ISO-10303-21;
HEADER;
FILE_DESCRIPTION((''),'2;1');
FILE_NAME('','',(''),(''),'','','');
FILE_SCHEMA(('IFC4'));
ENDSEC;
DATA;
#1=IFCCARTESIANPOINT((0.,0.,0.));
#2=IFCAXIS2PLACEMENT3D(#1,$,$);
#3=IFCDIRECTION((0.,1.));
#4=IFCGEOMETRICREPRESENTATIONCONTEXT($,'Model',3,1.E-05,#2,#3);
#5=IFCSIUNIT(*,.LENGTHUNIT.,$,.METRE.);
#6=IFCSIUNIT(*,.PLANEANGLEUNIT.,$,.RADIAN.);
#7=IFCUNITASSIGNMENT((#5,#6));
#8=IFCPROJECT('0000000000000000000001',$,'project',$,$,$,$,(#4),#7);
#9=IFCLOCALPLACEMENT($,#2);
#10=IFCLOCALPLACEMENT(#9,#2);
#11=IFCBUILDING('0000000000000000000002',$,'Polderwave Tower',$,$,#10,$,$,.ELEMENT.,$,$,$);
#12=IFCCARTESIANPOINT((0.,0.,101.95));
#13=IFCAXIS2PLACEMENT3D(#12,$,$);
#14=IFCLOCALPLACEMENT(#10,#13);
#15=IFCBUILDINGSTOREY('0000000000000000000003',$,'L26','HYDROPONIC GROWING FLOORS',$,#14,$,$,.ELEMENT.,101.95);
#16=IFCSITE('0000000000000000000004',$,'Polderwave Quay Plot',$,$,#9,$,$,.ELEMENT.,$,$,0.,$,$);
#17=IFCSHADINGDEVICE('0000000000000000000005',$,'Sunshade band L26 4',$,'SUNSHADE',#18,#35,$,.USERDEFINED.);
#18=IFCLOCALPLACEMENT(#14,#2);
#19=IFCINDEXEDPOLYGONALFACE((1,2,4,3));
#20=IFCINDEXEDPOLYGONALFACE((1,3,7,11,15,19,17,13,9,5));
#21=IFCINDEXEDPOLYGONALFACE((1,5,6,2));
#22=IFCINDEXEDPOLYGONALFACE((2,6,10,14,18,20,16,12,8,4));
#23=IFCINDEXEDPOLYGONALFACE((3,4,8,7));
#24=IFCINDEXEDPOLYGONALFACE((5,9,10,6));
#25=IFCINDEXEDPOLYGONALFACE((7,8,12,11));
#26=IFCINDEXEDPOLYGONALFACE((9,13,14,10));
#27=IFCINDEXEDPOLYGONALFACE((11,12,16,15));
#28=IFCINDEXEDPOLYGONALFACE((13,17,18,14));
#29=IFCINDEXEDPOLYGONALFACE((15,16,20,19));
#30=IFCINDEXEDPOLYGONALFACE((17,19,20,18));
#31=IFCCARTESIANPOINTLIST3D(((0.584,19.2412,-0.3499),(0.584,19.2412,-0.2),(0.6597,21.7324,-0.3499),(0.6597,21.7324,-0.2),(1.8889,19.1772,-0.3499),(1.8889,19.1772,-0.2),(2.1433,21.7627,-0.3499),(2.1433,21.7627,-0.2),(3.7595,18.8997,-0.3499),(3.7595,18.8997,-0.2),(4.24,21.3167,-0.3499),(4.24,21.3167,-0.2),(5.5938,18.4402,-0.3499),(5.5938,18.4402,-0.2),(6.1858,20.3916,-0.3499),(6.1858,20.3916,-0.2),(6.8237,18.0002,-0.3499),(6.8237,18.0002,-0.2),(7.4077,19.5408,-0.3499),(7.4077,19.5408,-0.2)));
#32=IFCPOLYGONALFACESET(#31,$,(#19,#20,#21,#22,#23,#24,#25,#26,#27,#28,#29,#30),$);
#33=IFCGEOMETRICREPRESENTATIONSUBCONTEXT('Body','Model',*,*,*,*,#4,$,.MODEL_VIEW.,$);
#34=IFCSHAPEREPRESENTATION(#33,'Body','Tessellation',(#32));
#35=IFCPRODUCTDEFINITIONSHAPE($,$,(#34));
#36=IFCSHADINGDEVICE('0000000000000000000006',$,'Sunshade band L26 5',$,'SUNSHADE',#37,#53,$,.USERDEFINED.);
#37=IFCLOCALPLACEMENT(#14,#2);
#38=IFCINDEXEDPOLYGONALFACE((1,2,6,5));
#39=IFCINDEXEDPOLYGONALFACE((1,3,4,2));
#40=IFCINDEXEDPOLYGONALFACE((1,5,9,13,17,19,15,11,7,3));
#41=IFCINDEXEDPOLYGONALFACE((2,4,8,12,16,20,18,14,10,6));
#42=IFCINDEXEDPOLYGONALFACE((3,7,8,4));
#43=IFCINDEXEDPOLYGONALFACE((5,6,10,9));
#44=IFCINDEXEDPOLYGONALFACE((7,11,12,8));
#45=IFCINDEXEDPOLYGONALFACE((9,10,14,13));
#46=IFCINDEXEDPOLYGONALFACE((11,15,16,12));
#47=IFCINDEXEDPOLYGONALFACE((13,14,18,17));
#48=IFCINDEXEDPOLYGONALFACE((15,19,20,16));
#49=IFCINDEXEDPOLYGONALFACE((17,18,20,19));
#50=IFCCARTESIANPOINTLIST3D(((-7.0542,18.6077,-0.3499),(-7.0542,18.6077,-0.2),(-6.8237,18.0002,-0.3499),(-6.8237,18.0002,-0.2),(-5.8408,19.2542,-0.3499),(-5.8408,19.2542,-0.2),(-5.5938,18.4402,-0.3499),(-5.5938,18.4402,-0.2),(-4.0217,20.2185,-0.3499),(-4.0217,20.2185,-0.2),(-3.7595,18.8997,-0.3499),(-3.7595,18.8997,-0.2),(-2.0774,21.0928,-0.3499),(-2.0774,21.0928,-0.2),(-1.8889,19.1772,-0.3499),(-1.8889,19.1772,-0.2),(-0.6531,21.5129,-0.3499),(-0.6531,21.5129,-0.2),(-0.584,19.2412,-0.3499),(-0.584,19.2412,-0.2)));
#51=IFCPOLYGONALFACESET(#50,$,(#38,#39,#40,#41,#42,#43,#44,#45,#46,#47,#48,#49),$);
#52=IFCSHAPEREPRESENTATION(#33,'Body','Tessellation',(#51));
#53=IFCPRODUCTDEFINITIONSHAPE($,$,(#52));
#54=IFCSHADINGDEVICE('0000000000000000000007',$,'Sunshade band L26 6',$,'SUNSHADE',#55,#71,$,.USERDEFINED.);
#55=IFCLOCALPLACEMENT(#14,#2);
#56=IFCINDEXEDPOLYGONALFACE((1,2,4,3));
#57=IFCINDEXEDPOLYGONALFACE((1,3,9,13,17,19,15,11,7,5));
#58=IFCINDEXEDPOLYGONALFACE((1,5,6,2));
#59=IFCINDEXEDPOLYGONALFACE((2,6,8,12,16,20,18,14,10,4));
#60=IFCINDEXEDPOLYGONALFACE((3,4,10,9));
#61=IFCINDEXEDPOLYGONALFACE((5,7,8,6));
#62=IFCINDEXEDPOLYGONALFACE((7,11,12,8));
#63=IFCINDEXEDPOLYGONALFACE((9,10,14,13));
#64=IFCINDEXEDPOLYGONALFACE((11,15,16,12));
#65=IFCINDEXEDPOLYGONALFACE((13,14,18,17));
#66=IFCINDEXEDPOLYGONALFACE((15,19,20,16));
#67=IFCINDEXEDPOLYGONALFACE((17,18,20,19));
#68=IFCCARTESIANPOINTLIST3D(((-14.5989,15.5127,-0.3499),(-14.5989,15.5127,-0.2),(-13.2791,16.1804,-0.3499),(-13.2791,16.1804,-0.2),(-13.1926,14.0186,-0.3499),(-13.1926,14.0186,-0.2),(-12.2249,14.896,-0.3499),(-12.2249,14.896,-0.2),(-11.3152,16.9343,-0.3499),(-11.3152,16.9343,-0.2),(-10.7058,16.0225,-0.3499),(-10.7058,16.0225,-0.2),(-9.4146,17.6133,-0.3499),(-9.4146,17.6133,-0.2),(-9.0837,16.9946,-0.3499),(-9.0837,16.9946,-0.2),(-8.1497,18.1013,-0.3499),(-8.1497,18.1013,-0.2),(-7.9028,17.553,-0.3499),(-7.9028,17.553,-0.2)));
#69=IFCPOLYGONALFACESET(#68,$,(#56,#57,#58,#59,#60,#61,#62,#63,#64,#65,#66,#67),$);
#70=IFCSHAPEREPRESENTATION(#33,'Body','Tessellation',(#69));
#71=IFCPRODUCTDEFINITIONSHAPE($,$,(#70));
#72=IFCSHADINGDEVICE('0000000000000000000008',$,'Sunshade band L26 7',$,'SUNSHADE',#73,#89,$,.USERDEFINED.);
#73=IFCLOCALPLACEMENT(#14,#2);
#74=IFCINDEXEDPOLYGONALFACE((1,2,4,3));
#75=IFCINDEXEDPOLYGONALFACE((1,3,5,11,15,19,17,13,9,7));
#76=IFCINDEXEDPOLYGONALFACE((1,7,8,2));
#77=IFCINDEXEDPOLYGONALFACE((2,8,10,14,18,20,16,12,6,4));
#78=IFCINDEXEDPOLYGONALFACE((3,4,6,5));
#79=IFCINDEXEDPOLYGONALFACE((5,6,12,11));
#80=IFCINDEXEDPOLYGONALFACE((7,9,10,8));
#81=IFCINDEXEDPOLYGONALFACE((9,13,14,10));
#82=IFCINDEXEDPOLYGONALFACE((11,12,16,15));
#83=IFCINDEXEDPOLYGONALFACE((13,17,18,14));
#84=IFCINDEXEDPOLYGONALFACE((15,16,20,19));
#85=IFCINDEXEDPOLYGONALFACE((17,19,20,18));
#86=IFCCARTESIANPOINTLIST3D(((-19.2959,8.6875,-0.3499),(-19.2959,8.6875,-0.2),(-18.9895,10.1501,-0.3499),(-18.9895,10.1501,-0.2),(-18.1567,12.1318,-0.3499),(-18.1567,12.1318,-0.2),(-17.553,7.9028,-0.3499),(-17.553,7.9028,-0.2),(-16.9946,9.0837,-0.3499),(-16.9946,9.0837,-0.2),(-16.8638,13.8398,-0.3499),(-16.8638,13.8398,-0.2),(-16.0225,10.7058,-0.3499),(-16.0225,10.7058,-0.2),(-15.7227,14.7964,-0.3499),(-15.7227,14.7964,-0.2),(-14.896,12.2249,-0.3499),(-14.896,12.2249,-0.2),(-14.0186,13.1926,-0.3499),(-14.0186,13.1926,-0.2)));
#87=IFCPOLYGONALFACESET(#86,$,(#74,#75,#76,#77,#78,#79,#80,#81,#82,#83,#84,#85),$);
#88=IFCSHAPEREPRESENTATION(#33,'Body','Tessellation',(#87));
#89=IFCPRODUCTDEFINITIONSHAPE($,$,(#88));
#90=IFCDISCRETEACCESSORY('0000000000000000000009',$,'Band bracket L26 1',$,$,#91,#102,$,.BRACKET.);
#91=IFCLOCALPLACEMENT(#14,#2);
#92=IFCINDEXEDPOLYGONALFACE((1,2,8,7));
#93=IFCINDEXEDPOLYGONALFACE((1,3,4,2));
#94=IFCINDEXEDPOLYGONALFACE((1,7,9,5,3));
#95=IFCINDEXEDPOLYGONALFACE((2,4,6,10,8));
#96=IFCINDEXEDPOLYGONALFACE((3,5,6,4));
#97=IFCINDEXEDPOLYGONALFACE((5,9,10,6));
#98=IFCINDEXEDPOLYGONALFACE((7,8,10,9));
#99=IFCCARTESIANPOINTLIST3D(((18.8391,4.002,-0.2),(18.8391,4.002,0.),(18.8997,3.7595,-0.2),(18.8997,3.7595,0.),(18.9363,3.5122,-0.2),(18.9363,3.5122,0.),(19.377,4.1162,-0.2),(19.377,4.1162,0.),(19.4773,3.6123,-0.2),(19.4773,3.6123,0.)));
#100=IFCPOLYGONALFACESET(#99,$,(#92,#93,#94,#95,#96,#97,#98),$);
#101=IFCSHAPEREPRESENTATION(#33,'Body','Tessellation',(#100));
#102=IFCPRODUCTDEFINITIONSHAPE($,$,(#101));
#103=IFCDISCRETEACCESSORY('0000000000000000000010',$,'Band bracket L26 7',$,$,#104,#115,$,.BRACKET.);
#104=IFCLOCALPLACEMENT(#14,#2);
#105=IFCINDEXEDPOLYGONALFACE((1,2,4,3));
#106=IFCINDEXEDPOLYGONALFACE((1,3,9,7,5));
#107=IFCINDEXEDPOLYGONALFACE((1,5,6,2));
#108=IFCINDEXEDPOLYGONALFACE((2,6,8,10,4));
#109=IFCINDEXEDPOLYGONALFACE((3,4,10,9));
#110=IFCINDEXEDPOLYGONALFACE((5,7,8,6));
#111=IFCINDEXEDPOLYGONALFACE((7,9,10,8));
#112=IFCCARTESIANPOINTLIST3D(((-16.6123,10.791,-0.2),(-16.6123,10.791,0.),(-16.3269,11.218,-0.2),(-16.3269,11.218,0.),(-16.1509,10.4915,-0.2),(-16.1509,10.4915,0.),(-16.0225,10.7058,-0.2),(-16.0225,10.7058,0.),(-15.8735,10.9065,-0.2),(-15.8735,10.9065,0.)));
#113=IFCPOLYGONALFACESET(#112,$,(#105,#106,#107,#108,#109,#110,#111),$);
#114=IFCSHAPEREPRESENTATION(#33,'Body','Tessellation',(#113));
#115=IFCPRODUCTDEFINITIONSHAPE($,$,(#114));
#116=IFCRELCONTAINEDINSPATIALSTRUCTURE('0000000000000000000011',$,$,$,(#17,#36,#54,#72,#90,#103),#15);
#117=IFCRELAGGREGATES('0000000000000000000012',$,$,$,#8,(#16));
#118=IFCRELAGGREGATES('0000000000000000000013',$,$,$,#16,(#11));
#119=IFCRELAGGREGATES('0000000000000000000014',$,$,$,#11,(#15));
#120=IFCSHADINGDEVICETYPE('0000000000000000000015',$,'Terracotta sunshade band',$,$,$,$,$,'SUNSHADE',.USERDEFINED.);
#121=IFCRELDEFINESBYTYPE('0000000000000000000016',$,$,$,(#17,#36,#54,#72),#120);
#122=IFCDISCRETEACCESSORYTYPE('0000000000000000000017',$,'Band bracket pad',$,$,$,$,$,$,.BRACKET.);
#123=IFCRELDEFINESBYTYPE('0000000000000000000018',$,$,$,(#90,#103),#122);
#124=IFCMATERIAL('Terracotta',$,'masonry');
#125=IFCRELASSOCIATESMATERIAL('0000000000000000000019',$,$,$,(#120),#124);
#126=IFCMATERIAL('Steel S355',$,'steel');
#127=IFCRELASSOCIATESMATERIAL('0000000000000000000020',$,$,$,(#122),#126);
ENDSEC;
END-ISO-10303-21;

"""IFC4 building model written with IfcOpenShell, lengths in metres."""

from ifc_helpers import new_model, si_unit, direction, frame, origin, place, context, subcontext, project, spatial, polyline, outline, extrude, material, type_object, element, save


model = new_model("IFC4")

# Units and contexts
model_context = context("Model", 3, precision=1e-05, world=origin(), true_north=direction((0.0, 1.0)))
body_context = subcontext(model_context, "Body", "Model", "MODEL_VIEW")
ifc_project = project(units=[si_unit("LENGTHUNIT", "METRE"), si_unit("PLANEANGLEUNIT", "RADIAN")], contexts=[model_context])

# Site, building, storey
site_placement = place(None, origin())
site = spatial("IfcSite", under=ifc_project, at=site_placement, Name="Polderwave Quay Plot", CompositionType="ELEMENT", RefElevation=0.0)
building_placement = place(site_placement, origin())
building = spatial("IfcBuilding", under=site, at=building_placement, Name="Polderwave Tower", CompositionType="ELEMENT")
storey_placement = place(building_placement, frame((0.0, 0.0, 101.95)))
storey = spatial("IfcBuildingStorey", under=building, at=storey_placement, Name="L26", Description="HYDROPONIC GROWING FLOORS", CompositionType="ELEMENT", Elevation=101.95)

# Shading devices
ifc_material_1 = material(Name="Terracotta", Category="masonry")
shading_device_type = type_object("IfcShadingDeviceType", Name="Terracotta sunshade band", ElementType="SUNSHADE", PredefinedType="USERDEFINED", material=ifc_material_1)
shading_device_1_placement = place(storey_placement, frame((0.0, 0.0, -0.3499)))
element("IfcShadingDevice", 1, at=shading_device_1_placement, inside=storey, type_object=shading_device_type, Name="Sunshade band L26 4", ObjectType="SUNSHADE", PredefinedType="USERDEFINED", context=body_context, shape_type="SweptSolid", body=[
    extrude(outline(polyline([(6.8237, 18.0002), (5.5938, 18.4402), (3.7595, 18.8997), (1.8889, 19.1772), (0.584, 19.2412), (0.6597, 21.7324), (2.1433, 21.7627), (4.24, 21.3167), (6.1858, 20.3916), (7.4077, 19.5408), (6.8237, 18.0002)])), origin(), (0.0, 0.0, 1.0), 0.1499),
])
shading_device_2_placement = place(storey_placement, frame((0.0, 0.0, -0.3499)))
element("IfcShadingDevice", 2, at=shading_device_2_placement, inside=storey, type_object=shading_device_type, Name="Sunshade band L26 5", ObjectType="SUNSHADE", PredefinedType="USERDEFINED", context=body_context, shape_type="SweptSolid", body=[
    extrude(outline(polyline([(-0.584, 19.2412), (-1.8889, 19.1772), (-3.7595, 18.8997), (-5.5938, 18.4402), (-6.8237, 18.0002), (-7.0542, 18.6077), (-5.8408, 19.2542), (-4.0217, 20.2185), (-2.0774, 21.0928), (-0.6531, 21.5129), (-0.584, 19.2412)])), origin(), (0.0, 0.0, 1.0), 0.1499),
])
shading_device_3_placement = place(storey_placement, frame((0.0, 0.0, -0.3499)))
element("IfcShadingDevice", 3, at=shading_device_3_placement, inside=storey, type_object=shading_device_type, Name="Sunshade band L26 6", ObjectType="SUNSHADE", PredefinedType="USERDEFINED", context=body_context, shape_type="SweptSolid", body=[
    extrude(outline(polyline([(-7.9028, 17.553), (-9.0837, 16.9946), (-10.7058, 16.0225), (-12.2249, 14.896), (-13.1926, 14.0186), (-14.5989, 15.5127), (-13.2791, 16.1804), (-11.3152, 16.9343), (-9.4146, 17.6133), (-8.1497, 18.1013), (-7.9028, 17.553)])), origin(), (0.0, 0.0, 1.0), 0.1499),
])
shading_device_4_placement = place(storey_placement, frame((0.0, 0.0, -0.3499)))
element("IfcShadingDevice", 4, at=shading_device_4_placement, inside=storey, type_object=shading_device_type, Name="Sunshade band L26 7", ObjectType="SUNSHADE", PredefinedType="USERDEFINED", context=body_context, shape_type="SweptSolid", body=[
    extrude(outline(polyline([(-14.0186, 13.1926), (-14.896, 12.2249), (-16.0225, 10.7058), (-16.9946, 9.0837), (-17.553, 7.9028), (-19.2959, 8.6875), (-18.9895, 10.1501), (-18.1567, 12.1318), (-16.8638, 13.8398), (-15.7227, 14.7964), (-14.0186, 13.1926)])), origin(), (0.0, 0.0, 1.0), 0.1499),
])

# Discrete accessories
ifc_material_2 = material(Name="Steel S355", Category="steel")
discrete_accessory_type = type_object("IfcDiscreteAccessoryType", Name="Band bracket pad", PredefinedType="BRACKET", material=ifc_material_2)
discrete_accessory_1_placement = place(storey_placement, frame((0.0, 0.0, -0.2)))
element("IfcDiscreteAccessory", 5, at=discrete_accessory_1_placement, inside=storey, type_object=discrete_accessory_type, Name="Band bracket L26 1", PredefinedType="BRACKET", context=body_context, shape_type="SweptSolid", body=[
    extrude(outline(polyline([(18.9363, 3.5122), (18.8997, 3.7595), (18.8391, 4.002), (19.377, 4.1162), (19.4773, 3.6123), (18.9363, 3.5122)])), origin(), (0.0, 0.0, 1.0), 0.2),
])
discrete_accessory_2_placement = place(storey_placement, frame((0.0, 0.0, -0.2)))
element("IfcDiscreteAccessory", 6, at=discrete_accessory_2_placement, inside=storey, type_object=discrete_accessory_type, Name="Band bracket L26 7", PredefinedType="BRACKET", context=body_context, shape_type="SweptSolid", body=[
    extrude(outline(polyline([(-15.8735, 10.9065), (-16.0225, 10.7058), (-16.1509, 10.4915), (-16.6123, 10.791), (-16.3269, 11.218), (-15.8735, 10.9065)])), origin(), (0.0, 0.0, 1.0), 0.2),
])

save(model, "model.ifc")
